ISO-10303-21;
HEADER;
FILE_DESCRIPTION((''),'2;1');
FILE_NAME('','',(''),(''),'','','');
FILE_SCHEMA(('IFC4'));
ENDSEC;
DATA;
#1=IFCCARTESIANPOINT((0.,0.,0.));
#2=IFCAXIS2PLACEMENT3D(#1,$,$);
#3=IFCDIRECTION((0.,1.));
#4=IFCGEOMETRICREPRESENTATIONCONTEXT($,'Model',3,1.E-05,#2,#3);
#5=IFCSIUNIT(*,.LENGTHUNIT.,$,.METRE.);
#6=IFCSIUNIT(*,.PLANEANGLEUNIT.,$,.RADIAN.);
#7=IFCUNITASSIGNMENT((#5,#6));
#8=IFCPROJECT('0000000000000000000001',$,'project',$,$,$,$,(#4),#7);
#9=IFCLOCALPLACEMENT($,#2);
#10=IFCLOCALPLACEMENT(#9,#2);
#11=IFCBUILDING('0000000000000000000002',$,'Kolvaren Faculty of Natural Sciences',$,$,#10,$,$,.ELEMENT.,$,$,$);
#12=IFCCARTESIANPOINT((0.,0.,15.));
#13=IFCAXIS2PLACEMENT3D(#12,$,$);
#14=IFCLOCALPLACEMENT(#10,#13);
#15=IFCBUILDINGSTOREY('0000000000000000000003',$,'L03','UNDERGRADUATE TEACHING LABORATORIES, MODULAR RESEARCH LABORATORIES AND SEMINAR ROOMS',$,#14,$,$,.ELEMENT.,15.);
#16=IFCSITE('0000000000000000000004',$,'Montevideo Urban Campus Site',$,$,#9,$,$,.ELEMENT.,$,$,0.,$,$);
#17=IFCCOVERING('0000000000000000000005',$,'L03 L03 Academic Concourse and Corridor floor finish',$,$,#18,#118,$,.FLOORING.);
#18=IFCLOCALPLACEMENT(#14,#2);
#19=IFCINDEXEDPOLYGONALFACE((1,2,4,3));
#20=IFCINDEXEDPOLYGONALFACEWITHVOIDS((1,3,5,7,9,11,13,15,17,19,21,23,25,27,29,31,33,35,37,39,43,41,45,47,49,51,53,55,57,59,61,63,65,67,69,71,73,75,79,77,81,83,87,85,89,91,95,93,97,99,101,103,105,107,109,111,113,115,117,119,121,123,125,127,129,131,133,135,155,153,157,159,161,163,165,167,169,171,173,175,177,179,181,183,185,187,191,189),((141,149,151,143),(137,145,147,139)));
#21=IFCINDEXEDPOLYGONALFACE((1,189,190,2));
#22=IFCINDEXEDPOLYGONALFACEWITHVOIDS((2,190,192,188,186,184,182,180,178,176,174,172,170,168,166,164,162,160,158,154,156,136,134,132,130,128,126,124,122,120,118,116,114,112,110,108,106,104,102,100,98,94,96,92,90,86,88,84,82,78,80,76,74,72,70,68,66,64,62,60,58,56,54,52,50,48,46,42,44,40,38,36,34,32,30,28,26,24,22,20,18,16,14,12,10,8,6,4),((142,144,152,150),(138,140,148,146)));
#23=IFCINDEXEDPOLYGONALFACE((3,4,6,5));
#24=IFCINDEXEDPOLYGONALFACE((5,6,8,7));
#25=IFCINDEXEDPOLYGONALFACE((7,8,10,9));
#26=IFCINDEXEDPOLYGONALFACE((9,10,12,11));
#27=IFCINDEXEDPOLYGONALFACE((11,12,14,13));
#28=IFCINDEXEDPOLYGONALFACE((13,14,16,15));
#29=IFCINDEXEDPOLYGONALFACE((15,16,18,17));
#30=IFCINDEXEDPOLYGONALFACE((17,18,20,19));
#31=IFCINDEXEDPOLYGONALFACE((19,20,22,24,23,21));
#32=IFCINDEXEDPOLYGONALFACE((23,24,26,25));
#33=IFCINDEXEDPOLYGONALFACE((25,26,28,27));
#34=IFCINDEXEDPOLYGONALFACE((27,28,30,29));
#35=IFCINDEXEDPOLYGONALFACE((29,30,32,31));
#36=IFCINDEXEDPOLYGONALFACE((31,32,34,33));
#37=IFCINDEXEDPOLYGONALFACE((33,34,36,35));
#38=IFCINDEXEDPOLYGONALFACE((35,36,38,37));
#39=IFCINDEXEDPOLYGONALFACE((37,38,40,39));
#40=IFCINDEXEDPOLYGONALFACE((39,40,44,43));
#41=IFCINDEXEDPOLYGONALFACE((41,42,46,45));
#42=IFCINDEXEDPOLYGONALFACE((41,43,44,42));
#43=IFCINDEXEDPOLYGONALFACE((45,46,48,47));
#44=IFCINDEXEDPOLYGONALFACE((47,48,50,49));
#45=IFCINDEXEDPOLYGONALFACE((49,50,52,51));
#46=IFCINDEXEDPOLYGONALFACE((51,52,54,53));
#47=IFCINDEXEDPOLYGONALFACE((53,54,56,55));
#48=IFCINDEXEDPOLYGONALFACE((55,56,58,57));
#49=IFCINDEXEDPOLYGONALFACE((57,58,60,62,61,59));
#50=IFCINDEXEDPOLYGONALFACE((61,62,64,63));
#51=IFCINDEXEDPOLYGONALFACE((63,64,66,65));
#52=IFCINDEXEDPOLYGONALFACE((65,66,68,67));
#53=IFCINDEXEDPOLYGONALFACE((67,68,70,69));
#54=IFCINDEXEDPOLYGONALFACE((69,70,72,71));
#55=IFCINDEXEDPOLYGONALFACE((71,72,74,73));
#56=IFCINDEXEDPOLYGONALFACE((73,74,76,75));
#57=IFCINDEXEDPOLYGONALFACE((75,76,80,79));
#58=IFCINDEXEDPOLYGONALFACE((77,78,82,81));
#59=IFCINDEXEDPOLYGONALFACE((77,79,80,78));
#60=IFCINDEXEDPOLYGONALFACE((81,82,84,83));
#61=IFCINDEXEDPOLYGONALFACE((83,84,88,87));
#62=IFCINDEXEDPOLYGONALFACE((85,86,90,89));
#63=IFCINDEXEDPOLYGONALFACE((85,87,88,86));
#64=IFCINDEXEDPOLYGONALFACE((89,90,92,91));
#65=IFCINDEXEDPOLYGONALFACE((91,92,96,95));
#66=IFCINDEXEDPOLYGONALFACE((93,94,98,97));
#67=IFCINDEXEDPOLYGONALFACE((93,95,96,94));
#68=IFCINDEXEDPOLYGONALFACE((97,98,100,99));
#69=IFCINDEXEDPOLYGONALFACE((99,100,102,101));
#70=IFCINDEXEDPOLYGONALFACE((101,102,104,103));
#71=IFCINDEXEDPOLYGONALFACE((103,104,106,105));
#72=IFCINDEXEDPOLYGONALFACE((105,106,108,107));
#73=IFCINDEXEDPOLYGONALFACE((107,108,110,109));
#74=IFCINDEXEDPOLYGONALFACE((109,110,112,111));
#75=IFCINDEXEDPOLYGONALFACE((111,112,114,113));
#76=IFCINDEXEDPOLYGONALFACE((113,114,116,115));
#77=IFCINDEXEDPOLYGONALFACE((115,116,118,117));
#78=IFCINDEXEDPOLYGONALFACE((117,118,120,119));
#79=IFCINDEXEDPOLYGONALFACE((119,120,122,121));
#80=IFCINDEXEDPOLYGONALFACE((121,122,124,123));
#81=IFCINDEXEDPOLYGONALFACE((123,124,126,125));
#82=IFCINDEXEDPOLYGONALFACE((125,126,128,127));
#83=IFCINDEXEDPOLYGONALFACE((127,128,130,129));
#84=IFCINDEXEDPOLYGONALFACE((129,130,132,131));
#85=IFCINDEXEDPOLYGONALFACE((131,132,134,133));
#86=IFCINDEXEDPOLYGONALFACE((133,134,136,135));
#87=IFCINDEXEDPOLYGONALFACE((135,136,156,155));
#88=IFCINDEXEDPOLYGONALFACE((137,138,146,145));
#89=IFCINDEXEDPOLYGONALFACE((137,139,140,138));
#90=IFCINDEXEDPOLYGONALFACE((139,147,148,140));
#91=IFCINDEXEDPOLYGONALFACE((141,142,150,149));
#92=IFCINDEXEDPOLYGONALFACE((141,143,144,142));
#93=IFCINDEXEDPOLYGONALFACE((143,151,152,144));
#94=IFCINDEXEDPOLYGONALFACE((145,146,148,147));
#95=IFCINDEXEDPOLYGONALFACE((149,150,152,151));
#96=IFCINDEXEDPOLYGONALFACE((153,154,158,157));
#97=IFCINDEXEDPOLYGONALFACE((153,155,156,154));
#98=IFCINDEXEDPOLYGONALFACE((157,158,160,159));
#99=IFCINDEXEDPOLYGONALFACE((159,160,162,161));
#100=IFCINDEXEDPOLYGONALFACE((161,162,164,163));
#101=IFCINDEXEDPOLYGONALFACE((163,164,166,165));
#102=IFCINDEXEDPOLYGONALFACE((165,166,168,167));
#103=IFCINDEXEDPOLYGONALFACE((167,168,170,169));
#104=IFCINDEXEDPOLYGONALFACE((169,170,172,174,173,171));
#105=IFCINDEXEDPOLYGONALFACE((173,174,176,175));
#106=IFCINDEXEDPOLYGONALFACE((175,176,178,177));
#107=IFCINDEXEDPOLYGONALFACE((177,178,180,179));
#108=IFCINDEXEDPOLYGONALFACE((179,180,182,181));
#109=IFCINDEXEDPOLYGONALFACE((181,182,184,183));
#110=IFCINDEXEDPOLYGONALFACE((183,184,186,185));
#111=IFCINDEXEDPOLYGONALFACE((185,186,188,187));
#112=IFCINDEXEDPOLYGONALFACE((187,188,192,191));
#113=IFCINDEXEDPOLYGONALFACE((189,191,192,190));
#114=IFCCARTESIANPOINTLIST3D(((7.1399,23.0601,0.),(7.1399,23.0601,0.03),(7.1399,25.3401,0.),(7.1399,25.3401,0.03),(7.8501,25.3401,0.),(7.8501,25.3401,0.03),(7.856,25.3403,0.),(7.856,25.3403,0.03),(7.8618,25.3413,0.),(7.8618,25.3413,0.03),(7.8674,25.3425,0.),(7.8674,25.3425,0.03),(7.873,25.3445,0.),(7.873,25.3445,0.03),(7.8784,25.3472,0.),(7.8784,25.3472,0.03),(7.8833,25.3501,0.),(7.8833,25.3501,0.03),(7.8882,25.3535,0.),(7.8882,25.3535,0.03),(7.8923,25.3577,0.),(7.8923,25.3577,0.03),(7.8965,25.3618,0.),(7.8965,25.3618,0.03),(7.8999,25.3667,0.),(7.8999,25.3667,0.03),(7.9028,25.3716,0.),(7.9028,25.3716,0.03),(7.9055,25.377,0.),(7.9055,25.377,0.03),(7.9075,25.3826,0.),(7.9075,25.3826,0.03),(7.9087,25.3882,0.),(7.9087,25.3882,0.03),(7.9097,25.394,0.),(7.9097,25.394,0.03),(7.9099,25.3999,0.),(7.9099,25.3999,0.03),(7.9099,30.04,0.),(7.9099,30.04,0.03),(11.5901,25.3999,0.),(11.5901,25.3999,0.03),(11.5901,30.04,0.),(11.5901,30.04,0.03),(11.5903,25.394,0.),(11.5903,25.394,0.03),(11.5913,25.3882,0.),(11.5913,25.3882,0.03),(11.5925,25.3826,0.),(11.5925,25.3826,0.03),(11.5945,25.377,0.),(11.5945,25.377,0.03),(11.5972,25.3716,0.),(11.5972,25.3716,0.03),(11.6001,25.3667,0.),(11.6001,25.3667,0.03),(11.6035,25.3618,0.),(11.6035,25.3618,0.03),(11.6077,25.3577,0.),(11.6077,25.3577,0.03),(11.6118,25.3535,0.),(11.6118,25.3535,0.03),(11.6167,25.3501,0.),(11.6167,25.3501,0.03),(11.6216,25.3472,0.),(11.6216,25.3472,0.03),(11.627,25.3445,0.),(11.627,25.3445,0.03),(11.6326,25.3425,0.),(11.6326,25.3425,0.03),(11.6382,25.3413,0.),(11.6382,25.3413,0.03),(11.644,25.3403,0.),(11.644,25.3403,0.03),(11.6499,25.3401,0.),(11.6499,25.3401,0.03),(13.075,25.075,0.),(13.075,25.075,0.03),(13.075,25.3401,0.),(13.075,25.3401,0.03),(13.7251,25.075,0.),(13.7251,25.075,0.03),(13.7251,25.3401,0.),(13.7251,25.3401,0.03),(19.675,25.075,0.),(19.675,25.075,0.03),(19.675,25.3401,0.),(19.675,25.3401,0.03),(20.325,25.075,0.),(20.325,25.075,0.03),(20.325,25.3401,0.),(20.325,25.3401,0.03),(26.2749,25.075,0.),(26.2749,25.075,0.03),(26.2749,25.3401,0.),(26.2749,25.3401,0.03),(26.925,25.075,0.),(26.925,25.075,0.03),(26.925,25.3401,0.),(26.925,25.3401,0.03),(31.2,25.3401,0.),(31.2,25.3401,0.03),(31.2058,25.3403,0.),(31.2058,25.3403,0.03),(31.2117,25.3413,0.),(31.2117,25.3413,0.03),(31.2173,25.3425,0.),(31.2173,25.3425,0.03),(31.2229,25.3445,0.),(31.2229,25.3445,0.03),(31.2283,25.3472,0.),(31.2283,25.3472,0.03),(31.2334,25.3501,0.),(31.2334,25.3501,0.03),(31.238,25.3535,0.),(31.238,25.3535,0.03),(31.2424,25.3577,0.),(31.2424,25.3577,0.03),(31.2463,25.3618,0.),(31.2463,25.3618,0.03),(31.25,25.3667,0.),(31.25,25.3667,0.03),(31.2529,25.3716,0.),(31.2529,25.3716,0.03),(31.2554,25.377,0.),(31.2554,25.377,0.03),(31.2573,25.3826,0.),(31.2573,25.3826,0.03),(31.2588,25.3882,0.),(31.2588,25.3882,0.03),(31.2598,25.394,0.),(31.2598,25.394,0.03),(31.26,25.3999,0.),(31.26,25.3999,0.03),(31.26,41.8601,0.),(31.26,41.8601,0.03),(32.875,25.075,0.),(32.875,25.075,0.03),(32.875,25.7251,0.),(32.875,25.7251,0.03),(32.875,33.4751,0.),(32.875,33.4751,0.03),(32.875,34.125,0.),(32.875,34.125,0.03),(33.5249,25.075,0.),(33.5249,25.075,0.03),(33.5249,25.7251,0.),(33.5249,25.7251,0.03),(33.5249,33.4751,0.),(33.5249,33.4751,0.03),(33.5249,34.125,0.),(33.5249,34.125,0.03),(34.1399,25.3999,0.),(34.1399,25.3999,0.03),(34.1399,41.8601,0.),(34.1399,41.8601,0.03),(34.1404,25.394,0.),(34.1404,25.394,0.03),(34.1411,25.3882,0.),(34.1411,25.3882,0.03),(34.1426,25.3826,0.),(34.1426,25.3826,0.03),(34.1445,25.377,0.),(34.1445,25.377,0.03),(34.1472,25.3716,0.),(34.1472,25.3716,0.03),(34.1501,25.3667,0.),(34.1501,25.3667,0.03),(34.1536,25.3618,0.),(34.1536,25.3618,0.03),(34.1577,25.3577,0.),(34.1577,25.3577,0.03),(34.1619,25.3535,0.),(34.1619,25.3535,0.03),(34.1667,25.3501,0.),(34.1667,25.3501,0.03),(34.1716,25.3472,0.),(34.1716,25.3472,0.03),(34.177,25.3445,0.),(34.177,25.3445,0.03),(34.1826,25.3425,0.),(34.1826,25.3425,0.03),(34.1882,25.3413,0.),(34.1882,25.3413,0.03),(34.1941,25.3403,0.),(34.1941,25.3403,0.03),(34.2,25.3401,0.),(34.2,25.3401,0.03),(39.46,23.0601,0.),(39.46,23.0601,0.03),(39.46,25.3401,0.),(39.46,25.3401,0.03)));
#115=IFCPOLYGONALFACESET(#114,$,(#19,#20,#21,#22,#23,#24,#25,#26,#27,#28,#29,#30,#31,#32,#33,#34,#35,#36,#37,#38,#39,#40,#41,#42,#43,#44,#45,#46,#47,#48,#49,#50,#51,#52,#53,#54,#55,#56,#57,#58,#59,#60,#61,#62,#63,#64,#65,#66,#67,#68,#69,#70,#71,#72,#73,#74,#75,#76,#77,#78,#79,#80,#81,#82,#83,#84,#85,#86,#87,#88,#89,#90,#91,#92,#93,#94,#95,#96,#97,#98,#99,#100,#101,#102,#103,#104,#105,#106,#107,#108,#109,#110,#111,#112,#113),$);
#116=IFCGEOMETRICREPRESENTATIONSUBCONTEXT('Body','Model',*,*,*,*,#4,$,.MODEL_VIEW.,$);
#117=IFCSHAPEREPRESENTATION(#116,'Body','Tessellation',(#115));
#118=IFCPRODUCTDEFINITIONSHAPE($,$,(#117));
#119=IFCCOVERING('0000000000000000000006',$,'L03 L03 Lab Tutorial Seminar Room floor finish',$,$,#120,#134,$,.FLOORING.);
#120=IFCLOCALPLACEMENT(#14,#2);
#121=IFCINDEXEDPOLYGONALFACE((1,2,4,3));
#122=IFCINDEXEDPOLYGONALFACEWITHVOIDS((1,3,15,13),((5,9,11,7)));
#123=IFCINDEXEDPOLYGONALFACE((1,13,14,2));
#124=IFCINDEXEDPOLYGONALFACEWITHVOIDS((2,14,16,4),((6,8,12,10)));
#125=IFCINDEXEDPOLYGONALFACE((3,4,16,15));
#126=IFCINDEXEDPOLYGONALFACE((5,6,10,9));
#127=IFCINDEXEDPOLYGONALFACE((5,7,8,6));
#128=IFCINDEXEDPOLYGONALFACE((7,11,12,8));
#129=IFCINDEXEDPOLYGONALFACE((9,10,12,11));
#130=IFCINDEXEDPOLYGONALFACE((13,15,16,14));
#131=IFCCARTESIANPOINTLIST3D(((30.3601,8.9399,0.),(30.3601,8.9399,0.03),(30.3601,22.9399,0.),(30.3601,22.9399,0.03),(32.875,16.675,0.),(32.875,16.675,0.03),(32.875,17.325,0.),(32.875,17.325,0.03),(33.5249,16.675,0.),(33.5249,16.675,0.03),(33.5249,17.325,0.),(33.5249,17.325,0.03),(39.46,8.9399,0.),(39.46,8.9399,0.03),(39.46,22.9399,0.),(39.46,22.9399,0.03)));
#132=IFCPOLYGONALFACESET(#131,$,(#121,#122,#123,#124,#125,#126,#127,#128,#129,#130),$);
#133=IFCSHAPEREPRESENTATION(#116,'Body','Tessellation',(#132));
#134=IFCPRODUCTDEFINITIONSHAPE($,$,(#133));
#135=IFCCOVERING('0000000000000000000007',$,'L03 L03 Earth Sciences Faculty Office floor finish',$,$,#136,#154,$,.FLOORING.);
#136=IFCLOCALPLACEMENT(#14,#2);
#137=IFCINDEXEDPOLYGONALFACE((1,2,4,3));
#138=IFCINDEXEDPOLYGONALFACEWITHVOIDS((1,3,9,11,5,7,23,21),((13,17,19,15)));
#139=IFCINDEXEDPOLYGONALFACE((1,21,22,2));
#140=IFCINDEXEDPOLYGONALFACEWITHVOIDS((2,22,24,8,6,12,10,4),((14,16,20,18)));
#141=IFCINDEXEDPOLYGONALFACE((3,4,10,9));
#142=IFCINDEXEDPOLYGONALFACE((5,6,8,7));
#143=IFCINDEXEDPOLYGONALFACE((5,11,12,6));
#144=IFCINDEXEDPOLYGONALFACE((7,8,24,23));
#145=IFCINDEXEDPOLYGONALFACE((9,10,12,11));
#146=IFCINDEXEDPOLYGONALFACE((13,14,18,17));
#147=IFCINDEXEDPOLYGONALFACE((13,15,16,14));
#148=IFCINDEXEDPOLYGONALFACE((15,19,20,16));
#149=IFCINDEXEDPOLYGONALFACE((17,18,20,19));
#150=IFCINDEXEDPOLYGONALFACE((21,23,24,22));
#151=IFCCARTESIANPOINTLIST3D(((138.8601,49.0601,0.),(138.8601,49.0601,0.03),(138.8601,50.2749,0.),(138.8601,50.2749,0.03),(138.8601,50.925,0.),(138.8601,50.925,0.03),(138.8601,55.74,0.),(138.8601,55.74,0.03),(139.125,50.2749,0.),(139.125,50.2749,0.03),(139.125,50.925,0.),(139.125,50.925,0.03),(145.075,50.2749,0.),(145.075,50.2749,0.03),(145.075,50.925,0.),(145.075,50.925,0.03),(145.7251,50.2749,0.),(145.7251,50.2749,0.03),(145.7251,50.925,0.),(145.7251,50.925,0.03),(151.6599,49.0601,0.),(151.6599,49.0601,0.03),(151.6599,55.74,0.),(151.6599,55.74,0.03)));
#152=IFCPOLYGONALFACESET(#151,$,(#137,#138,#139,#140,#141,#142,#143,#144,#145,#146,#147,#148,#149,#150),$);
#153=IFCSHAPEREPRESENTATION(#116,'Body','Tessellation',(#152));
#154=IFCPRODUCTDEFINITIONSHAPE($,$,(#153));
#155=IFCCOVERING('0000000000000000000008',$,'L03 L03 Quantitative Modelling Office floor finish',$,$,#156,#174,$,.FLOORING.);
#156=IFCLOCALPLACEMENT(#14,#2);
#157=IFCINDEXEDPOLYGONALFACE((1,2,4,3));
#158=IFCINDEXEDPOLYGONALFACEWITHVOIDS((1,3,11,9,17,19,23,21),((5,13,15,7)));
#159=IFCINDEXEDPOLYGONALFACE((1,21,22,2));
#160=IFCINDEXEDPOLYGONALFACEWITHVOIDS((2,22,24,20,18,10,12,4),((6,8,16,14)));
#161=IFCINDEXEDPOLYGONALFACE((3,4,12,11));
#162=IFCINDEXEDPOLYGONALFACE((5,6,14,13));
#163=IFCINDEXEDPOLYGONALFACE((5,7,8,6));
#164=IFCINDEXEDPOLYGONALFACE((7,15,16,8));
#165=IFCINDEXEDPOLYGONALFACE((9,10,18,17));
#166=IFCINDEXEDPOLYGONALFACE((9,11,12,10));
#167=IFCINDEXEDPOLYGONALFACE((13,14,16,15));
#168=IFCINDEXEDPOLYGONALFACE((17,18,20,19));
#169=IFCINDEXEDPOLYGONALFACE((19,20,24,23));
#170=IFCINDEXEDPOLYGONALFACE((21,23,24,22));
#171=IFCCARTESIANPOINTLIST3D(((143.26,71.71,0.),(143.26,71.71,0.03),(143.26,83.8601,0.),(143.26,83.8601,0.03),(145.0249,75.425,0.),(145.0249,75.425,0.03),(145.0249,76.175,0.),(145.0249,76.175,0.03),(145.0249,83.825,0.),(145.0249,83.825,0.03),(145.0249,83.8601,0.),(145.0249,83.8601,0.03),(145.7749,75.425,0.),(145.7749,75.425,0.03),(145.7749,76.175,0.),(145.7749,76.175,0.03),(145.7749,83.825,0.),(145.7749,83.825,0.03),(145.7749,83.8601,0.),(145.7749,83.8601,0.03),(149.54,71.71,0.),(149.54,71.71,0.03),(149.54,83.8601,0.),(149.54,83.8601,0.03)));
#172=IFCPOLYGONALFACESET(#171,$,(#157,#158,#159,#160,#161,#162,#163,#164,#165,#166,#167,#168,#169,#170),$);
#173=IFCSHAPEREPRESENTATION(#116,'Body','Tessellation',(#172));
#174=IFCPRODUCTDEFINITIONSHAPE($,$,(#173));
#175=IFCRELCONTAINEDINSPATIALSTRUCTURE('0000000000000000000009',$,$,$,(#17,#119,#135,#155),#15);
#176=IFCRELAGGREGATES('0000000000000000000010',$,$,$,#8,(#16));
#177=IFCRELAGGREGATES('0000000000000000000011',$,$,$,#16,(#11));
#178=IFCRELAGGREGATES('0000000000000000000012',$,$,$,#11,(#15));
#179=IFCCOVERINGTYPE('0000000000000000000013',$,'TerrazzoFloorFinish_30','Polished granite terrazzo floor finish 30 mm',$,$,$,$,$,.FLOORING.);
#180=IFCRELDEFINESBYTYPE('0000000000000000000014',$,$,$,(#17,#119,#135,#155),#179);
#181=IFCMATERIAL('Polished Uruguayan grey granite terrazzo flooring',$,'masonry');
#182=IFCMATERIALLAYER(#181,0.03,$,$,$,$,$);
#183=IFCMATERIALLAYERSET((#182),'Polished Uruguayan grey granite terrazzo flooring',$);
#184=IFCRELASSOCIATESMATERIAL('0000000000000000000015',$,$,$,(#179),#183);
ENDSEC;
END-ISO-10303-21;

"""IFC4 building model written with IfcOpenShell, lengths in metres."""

from ifc_helpers import new_model, si_unit, direction, frame, origin, place, context, subcontext, project, spatial, polyline, outline, extrude, material, layer, layer_set, type_object, element, save


model = new_model("IFC4")

# Units and contexts
model_context = context("Model", 3, precision=1e-05, world=origin(), true_north=direction((0.0, 1.0)))
body_context = subcontext(model_context, "Body", "Model", "MODEL_VIEW")
ifc_project = project(units=[si_unit("LENGTHUNIT", "METRE"), si_unit("PLANEANGLEUNIT", "RADIAN")], contexts=[model_context])

# Site, building, storey
site_placement = place(None, origin())
site = spatial("IfcSite", under=ifc_project, at=site_placement, Name="Montevideo Urban Campus Site", CompositionType="ELEMENT", RefElevation=0.0)
building_placement = place(site_placement, origin())
building = spatial("IfcBuilding", under=site, at=building_placement, Name="Kolvaren Faculty of Natural Sciences", CompositionType="ELEMENT")
storey_placement = place(building_placement, frame((0.0, 0.0, 15.0)))
storey = spatial("IfcBuildingStorey", under=building, at=storey_placement, Name="L03", Description="UNDERGRADUATE TEACHING LABORATORIES, MODULAR RESEARCH LABORATORIES AND SEMINAR ROOMS", CompositionType="ELEMENT", Elevation=15.0)

# Coverings
ifc_material_1 = material(Name="Polished Uruguayan grey granite terrazzo flooring", Category="masonry")
ifc_layer_1 = layer(ifc_material_1, 0.03)
ifc_layer_set_1 = layer_set([ifc_layer_1], Name="Polished Uruguayan grey granite terrazzo flooring")
covering_type_1 = type_object("IfcCoveringType", Name="TerrazzoFloorFinish_30", Description="Polished granite terrazzo floor finish 30 mm", PredefinedType="FLOORING", material=ifc_layer_set_1)
covering_1_placement = place(storey_placement, origin())
element("IfcCovering", 1, at=covering_1_placement, inside=storey, type_object=covering_type_1, Name="L03 L03 Academic Concourse and Corridor floor finish", PredefinedType="FLOORING", context=body_context, shape_type="SweptSolid", body=[
    extrude(outline(polyline([(11.5901, 30.04), (11.5901, 25.3999), (11.5903, 25.394), (11.5913, 25.3882), (11.5925, 25.3826), (11.5945, 25.377), (11.5972, 25.3716), (11.6001, 25.3667), (11.6035, 25.3618), (11.6077, 25.3577), (11.6118, 25.3535), (11.6167, 25.3501), (11.6216, 25.3472), (11.627, 25.3445), (11.6326, 25.3425), (11.6382, 25.3413), (11.644, 25.3403), (11.6499, 25.3401), (13.075, 25.3401), (13.075, 25.075), (13.7251, 25.075), (13.7251, 25.3401), (19.675, 25.3401), (19.675, 25.075), (20.325, 25.075), (20.325, 25.3401), (26.2749, 25.3401), (26.2749, 25.075), (26.925, 25.075), (26.925, 25.3401), (31.2, 25.3401), (31.2058, 25.3403), (31.2117, 25.3413), (31.2173, 25.3425), (31.2229, 25.3445), (31.2283, 25.3472), (31.2334, 25.3501), (31.238, 25.3535), (31.2424, 25.3577), (31.2463, 25.3618), (31.25, 25.3667), (31.2529, 25.3716), (31.2554, 25.377), (31.2573, 25.3826), (31.2588, 25.3882), (31.2598, 25.394), (31.26, 25.3999), (31.26, 41.8601), (34.1399, 41.8601), (34.1399, 25.3999), (34.1404, 25.394), (34.1411, 25.3882), (34.1426, 25.3826), (34.1445, 25.377), (34.1472, 25.3716), (34.1501, 25.3667), (34.1536, 25.3618), (34.1577, 25.3577), (34.1619, 25.3535), (34.1667, 25.3501), (34.1716, 25.3472), (34.177, 25.3445), (34.1826, 25.3425), (34.1882, 25.3413), (34.1941, 25.3403), (34.2, 25.3401), (39.46, 25.3401), (39.46, 23.0601), (7.1399, 23.0601), (7.1399, 25.3401), (7.8501, 25.3401), (7.856, 25.3403), (7.8618, 25.3413), (7.8674, 25.3425), (7.873, 25.3445), (7.8784, 25.3472), (7.8833, 25.3501), (7.8882, 25.3535), (7.8923, 25.3577), (7.8965, 25.3618), (7.8999, 25.3667), (7.9028, 25.3716), (7.9055, 25.377), (7.9075, 25.3826), (7.9087, 25.3882), (7.9097, 25.394), (7.9099, 25.3999), (7.9099, 30.04), (11.5901, 30.04)]), holes=[polyline([(32.875, 25.7251), (32.875, 25.075), (33.5249, 25.075), (33.5249, 25.7251), (32.875, 25.7251)]), polyline([(32.875, 33.4751), (33.5249, 33.4751), (33.5249, 34.125), (32.875, 34.125), (32.875, 33.4751)])]), origin(), (0.0, 0.0, 1.0), 0.03),
])
covering_2_placement = place(storey_placement, origin())
element("IfcCovering", 2, at=covering_2_placement, inside=storey, type_object=covering_type_1, Name="L03 L03 Lab Tutorial Seminar Room floor finish", PredefinedType="FLOORING", context=body_context, shape_type="SweptSolid", body=[
    extrude(outline(polyline([(39.46, 8.9399), (30.3601, 8.9399), (30.3601, 22.9399), (39.46, 22.9399), (39.46, 8.9399)]), holes=[polyline([(32.875, 16.675), (33.5249, 16.675), (33.5249, 17.325), (32.875, 17.325), (32.875, 16.675)])]), origin(), (0.0, 0.0, 1.0), 0.03),
])
covering_3_placement = place(storey_placement, origin())
element("IfcCovering", 3, at=covering_3_placement, inside=storey, type_object=covering_type_1, Name="L03 L03 Earth Sciences Faculty Office floor finish", PredefinedType="FLOORING", context=body_context, shape_type="SweptSolid", body=[
    extrude(outline(polyline([(151.6599, 55.74), (151.6599, 49.0601), (138.8601, 49.0601), (138.8601, 50.2749), (139.125, 50.2749), (139.125, 50.925), (138.8601, 50.925), (138.8601, 55.74), (151.6599, 55.74)]), holes=[polyline([(145.075, 50.925), (145.075, 50.2749), (145.7251, 50.2749), (145.7251, 50.925), (145.075, 50.925)])]), origin(), (0.0, 0.0, 1.0), 0.03),
])
covering_4_placement = place(storey_placement, origin())
element("IfcCovering", 4, at=covering_4_placement, inside=storey, type_object=covering_type_1, Name="L03 L03 Quantitative Modelling Office floor finish", PredefinedType="FLOORING", context=body_context, shape_type="SweptSolid", body=[
    extrude(outline(polyline([(143.26, 83.8601), (145.0249, 83.8601), (145.0249, 83.825), (145.7749, 83.825), (145.7749, 83.8601), (149.54, 83.8601), (149.54, 71.71), (143.26, 71.71), (143.26, 83.8601)]), holes=[polyline([(145.0249, 76.175), (145.0249, 75.425), (145.7749, 75.425), (145.7749, 76.175), (145.0249, 76.175)])]), origin(), (0.0, 0.0, 1.0), 0.03),
])

save(model, "model.ifc")
